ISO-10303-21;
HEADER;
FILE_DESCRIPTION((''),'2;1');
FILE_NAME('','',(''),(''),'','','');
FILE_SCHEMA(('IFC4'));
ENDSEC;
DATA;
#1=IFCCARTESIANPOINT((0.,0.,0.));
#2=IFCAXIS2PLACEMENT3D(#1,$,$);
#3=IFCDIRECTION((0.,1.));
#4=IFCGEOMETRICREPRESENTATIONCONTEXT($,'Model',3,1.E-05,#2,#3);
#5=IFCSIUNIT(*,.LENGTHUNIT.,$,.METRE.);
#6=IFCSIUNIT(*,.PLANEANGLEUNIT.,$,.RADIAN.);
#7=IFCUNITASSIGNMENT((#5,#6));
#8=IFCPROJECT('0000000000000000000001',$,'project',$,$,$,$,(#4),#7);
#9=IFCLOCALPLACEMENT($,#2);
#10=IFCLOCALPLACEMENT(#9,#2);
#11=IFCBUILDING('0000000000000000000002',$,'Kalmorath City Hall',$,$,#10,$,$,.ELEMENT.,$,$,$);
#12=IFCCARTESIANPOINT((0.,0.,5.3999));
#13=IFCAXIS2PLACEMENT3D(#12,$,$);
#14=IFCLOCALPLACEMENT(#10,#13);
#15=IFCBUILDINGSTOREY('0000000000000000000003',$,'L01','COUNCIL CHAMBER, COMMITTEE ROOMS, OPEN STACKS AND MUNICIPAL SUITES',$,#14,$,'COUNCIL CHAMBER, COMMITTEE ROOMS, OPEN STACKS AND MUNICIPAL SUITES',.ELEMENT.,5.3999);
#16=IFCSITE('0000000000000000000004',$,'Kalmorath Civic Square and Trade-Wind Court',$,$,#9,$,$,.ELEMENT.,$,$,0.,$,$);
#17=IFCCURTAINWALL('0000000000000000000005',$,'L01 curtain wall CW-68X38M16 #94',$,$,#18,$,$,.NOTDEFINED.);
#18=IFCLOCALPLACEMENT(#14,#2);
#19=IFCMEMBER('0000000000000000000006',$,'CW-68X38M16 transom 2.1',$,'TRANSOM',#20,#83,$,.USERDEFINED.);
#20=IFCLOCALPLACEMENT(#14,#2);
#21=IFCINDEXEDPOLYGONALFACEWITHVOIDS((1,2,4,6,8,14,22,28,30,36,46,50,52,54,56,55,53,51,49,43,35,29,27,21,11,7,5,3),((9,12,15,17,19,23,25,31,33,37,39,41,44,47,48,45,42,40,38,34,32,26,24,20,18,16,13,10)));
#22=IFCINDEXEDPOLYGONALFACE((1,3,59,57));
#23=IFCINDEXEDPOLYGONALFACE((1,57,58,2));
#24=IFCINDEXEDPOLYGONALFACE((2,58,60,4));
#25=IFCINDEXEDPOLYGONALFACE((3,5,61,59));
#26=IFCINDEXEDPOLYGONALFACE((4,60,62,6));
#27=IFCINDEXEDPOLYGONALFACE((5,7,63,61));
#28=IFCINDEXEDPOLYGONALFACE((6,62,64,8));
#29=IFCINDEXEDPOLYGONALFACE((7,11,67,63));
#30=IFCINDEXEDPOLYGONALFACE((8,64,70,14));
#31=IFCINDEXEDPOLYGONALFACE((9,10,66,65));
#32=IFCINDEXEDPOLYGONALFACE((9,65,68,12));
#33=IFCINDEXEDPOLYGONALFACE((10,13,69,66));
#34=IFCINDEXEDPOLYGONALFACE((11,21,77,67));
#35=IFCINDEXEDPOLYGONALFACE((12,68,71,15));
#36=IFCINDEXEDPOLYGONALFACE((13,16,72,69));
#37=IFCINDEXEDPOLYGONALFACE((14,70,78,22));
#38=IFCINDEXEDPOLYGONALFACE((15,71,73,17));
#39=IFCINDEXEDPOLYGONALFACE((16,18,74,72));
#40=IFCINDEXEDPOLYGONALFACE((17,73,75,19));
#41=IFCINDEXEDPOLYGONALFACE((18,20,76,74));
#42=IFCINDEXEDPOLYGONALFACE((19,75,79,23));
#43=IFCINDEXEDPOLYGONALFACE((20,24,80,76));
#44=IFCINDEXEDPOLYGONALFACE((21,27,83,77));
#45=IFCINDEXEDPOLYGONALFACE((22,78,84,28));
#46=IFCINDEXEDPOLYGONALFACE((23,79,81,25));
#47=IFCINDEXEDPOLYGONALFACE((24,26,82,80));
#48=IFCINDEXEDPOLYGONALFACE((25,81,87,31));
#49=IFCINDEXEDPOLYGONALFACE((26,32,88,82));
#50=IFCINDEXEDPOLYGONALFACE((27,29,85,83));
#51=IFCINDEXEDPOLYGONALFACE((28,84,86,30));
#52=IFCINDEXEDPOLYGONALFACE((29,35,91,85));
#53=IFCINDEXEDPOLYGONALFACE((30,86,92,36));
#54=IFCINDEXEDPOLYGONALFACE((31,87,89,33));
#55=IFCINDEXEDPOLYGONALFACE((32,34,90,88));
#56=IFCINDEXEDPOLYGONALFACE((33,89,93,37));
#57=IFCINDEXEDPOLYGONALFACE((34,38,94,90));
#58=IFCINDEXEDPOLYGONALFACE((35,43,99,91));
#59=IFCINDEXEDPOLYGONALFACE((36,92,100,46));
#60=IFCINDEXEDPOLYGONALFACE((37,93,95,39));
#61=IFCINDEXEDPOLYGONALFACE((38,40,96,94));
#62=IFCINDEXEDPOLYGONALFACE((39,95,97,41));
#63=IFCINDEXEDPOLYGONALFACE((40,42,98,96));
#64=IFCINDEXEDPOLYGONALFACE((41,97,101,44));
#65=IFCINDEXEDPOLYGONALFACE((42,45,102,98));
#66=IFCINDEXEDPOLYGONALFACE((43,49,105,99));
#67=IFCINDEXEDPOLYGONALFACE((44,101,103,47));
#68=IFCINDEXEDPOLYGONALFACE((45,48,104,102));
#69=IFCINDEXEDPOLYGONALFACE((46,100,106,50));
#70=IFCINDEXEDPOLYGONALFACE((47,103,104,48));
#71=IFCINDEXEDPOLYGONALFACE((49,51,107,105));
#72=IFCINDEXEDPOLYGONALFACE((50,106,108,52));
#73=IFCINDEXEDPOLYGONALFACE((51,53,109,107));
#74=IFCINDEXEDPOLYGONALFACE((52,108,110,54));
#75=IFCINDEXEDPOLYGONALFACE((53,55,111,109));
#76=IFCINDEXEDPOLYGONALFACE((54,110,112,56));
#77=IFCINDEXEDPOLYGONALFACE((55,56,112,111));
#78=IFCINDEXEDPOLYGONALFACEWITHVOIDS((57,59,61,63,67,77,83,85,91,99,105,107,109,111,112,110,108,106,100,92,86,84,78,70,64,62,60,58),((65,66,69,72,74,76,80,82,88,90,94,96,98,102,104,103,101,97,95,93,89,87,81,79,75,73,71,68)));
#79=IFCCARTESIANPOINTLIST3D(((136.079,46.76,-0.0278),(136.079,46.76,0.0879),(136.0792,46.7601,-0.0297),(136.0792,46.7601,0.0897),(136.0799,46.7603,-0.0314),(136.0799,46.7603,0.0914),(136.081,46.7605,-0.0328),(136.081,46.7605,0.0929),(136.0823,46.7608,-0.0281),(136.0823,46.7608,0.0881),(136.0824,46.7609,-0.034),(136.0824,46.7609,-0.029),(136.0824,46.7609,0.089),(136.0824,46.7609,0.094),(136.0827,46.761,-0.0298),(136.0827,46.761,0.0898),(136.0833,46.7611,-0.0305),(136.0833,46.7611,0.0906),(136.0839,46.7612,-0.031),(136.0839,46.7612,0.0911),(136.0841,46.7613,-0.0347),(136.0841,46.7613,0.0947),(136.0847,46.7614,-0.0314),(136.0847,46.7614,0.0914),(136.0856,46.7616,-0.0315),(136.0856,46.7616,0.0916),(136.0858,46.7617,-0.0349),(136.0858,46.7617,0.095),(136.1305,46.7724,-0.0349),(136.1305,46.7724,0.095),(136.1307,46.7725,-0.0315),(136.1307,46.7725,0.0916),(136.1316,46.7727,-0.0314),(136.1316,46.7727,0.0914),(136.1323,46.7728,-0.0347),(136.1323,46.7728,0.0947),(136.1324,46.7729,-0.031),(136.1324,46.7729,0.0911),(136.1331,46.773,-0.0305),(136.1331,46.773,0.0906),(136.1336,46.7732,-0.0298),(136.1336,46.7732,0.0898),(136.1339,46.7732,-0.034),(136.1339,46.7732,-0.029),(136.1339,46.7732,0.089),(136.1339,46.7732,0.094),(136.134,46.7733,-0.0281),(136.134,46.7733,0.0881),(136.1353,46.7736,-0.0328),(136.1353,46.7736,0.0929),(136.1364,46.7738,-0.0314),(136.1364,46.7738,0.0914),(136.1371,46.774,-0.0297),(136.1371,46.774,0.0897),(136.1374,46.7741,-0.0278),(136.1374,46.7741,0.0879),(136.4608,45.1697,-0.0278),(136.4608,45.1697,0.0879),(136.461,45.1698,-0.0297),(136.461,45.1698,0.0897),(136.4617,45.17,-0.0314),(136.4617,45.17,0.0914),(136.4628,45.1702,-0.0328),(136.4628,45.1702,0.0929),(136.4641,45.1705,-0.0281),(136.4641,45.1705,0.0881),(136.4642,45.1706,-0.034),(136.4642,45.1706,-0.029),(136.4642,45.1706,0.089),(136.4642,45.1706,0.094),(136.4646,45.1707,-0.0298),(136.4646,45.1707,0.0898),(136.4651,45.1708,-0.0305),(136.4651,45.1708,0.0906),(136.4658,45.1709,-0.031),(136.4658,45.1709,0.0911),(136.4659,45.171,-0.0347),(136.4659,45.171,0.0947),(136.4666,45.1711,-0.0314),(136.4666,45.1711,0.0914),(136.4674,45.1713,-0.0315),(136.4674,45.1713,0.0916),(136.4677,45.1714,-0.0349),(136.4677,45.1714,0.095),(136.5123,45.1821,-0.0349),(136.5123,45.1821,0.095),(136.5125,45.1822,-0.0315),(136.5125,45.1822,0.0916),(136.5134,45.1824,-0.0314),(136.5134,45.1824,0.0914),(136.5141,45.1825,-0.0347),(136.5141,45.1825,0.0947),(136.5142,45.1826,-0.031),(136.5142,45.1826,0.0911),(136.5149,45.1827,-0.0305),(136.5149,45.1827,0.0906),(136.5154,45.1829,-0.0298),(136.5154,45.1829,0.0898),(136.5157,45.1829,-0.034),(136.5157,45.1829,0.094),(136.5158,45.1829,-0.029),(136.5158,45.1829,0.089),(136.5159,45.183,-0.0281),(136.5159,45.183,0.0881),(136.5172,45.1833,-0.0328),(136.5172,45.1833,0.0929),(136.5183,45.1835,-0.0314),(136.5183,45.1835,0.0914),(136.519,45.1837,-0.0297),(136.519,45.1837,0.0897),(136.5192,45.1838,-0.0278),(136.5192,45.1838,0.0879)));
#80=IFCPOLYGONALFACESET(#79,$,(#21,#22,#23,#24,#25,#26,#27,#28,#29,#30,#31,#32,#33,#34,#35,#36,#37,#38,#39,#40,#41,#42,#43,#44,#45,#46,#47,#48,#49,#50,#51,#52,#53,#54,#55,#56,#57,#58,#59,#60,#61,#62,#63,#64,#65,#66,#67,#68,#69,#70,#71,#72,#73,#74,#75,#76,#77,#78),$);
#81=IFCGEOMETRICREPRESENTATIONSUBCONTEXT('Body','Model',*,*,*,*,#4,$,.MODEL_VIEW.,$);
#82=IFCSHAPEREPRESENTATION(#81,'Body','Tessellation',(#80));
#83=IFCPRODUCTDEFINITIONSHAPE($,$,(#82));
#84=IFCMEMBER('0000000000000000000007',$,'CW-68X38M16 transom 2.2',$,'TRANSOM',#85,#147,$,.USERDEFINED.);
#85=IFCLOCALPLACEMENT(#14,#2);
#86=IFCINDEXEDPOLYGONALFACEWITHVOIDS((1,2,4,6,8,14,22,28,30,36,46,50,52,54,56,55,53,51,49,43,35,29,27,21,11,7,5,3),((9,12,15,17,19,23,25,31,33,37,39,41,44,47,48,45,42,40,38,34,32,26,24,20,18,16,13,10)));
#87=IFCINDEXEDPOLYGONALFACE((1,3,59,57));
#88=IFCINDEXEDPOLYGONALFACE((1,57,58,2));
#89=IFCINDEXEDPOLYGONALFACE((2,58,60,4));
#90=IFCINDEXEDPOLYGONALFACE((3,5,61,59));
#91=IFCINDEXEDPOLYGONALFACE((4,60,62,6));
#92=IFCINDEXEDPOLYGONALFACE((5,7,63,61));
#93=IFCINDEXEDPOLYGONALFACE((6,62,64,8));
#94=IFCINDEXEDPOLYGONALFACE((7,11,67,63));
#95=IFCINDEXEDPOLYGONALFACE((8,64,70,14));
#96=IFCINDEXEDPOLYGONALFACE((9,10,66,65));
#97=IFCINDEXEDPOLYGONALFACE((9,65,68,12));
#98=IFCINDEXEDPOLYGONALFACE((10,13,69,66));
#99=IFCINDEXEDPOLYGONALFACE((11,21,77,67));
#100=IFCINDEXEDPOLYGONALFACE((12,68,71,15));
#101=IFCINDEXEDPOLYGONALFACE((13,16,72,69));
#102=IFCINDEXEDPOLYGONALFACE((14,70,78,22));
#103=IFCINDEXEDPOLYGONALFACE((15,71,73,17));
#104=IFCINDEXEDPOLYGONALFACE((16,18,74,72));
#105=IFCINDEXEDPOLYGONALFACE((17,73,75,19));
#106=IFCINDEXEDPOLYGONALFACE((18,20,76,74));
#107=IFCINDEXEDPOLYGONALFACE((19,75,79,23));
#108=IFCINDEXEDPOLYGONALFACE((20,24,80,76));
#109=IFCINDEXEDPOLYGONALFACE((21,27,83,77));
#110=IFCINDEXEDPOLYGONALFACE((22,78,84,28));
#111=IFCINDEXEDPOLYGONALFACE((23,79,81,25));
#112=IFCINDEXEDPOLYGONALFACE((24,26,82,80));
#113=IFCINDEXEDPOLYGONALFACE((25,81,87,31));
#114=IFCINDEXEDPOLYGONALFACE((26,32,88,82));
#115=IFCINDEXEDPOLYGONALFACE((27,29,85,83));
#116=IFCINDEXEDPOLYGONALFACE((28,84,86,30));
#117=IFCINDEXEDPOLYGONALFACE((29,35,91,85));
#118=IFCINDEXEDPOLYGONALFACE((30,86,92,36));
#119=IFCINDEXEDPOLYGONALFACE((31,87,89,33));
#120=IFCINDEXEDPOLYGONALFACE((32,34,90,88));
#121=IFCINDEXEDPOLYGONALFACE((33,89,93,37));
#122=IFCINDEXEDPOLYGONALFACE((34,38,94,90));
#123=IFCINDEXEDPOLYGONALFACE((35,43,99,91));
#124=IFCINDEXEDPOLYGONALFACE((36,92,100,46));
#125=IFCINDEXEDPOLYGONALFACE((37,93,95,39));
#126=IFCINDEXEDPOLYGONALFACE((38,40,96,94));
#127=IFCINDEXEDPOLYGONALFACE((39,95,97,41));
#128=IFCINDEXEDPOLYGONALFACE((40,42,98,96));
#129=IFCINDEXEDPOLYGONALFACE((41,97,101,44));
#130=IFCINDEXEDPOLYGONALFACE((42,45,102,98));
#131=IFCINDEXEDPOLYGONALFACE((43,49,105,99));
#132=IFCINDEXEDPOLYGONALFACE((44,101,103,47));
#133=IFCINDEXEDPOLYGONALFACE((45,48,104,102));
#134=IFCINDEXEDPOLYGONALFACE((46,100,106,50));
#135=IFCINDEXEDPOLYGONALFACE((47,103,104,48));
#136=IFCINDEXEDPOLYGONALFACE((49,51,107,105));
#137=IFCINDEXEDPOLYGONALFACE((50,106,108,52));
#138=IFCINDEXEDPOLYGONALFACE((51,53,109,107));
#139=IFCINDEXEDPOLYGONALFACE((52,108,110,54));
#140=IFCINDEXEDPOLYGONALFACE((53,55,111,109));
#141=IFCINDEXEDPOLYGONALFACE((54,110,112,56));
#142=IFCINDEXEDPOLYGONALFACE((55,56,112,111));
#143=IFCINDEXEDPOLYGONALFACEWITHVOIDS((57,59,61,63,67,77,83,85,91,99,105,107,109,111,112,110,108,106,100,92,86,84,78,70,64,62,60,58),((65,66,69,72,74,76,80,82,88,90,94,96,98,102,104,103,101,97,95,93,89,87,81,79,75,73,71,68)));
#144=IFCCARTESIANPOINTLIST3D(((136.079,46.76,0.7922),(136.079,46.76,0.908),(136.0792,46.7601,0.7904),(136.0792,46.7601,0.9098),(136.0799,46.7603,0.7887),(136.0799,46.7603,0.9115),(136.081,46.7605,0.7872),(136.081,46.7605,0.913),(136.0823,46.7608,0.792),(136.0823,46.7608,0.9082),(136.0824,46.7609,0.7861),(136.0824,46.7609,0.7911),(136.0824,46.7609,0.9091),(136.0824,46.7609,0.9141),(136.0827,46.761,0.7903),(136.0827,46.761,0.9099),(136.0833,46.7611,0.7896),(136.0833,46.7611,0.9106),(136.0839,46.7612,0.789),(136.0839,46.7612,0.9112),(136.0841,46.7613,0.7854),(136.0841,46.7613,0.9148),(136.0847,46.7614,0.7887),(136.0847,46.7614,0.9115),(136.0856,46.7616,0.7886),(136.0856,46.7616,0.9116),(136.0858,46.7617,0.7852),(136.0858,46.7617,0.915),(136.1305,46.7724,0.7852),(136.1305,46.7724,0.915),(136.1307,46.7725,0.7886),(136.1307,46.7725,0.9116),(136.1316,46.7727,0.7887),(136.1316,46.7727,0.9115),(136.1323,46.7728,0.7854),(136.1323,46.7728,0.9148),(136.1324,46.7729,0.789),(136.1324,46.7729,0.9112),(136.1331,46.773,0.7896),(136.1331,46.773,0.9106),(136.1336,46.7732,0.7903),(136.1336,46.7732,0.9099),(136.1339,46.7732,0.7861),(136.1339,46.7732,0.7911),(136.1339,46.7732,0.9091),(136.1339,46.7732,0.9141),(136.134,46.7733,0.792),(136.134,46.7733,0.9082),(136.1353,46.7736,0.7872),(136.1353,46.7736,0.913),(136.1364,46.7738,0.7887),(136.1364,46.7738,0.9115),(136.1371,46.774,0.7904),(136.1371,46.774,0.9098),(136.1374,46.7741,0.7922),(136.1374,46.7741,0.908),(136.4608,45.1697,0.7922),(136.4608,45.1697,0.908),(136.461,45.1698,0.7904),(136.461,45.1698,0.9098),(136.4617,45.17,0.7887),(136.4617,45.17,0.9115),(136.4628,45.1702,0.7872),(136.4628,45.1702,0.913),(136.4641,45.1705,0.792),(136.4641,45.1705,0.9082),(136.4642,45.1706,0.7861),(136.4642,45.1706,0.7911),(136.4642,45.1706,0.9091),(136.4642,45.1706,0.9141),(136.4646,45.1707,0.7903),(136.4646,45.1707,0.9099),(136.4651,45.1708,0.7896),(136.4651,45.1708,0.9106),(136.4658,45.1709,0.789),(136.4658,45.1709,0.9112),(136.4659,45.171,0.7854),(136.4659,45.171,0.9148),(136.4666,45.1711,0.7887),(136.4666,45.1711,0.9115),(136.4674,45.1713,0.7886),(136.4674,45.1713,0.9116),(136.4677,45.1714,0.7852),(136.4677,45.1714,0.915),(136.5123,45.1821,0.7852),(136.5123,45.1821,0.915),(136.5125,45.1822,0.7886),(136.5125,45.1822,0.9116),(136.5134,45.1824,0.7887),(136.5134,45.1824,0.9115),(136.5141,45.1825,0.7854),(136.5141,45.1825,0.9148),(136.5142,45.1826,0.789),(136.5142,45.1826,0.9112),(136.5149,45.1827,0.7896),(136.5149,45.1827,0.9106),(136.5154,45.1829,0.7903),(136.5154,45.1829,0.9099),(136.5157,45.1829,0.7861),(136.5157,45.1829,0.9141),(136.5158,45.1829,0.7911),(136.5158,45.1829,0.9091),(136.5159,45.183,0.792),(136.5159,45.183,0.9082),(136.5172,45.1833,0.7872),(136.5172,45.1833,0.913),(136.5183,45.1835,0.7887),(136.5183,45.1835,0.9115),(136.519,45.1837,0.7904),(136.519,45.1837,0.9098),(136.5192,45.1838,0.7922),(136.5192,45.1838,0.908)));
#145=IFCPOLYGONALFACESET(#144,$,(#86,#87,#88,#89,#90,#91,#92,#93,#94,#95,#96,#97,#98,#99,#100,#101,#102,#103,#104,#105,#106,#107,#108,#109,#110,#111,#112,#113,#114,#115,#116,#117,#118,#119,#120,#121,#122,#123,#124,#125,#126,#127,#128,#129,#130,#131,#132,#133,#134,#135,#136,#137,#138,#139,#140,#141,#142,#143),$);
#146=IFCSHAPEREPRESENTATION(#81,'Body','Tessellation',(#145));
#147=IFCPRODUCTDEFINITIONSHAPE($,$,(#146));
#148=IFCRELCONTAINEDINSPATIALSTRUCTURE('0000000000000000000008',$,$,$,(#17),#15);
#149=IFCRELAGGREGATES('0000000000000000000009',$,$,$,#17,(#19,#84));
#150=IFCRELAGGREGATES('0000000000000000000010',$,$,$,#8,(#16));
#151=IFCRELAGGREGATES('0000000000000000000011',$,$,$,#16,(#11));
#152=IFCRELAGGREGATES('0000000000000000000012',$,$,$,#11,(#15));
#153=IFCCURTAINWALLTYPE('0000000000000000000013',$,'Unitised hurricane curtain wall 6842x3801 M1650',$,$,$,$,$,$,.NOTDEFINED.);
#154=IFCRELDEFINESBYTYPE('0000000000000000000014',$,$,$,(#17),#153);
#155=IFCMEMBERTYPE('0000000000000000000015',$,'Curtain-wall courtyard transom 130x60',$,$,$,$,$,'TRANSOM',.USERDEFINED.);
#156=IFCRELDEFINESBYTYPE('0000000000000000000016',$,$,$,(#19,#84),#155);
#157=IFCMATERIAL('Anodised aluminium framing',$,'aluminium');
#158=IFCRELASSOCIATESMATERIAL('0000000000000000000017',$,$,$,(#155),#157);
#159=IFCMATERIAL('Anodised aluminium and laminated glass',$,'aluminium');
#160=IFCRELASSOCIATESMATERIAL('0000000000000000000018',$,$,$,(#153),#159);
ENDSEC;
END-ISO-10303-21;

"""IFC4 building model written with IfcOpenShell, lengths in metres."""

from ifc_helpers import new_model, si_unit, direction, frame, origin, origin_2d, place, context, subcontext, project, spatial, hollow_rectangle, extrude, material, material_profile, profile_set, type_object, element, aggregate, save


model = new_model("IFC4")

# Units and contexts
model_context = context("Model", 3, precision=1e-05, world=origin(), true_north=direction((0.0, 1.0)))
body_context = subcontext(model_context, "Body", "Model", "MODEL_VIEW")
ifc_project = project(units=[si_unit("LENGTHUNIT", "METRE"), si_unit("PLANEANGLEUNIT", "RADIAN")], contexts=[model_context])

# Site, building, storey
site_placement = place(None, origin())
site = spatial("IfcSite", under=ifc_project, at=site_placement, Name="Kalmorath Civic Square and Trade-Wind Court", CompositionType="ELEMENT", RefElevation=0.0)
building_placement = place(site_placement, origin())
building = spatial("IfcBuilding", under=site, at=building_placement, Name="Kalmorath City Hall", CompositionType="ELEMENT")
storey_placement = place(building_placement, frame((0.0, 0.0, 5.3999)))
storey = spatial("IfcBuildingStorey", under=building, at=storey_placement, Name="L01", Description="COUNCIL CHAMBER, COMMITTEE ROOMS, OPEN STACKS AND MUNICIPAL SUITES", LongName="COUNCIL CHAMBER, COMMITTEE ROOMS, OPEN STACKS AND MUNICIPAL SUITES", CompositionType="ELEMENT", Elevation=5.3999)

# Curtain wall, members
ifc_material_1 = material(Name="Anodised aluminium framing", Category="aluminium")
ifc_material_profile_1 = material_profile(ifc_material_1, hollow_rectangle(XDim=0.0601, YDim=0.1299, WallThickness=0.0034, InnerFilletRadius=0.0034, OuterFilletRadius=0.0071, at=origin_2d()), Name="ALU-TRN-130X60X3.5")
ifc_profile_set_1 = profile_set([ifc_material_profile_1], Name="Anodised aluminium framing")
member_type_1 = type_object("IfcMemberType", Name="Curtain-wall courtyard transom 130x60", ElementType="TRANSOM", PredefinedType="USERDEFINED", material=ifc_profile_set_1)
ifc_material_2 = material(Name="Anodised aluminium and laminated glass", Category="aluminium")
curtain_wall_type_1 = type_object("IfcCurtainWallType", Name="Unitised hurricane curtain wall 6842x3801 M1650", PredefinedType="NOTDEFINED", material=ifc_material_2)
curtain_wall_1_placement = place(storey_placement, origin())
curtain_wall_1 = element("IfcCurtainWall", 1, at=curtain_wall_1_placement, inside=storey, type_object=curtain_wall_type_1, Name="L01 curtain wall CW-68X38M16 #94", PredefinedType="NOTDEFINED")
member_1_placement = place(storey_placement, frame((136.49, 45.1768, 0.03), z_axis=(-0.233463, 0.972366, 0.0), x_axis=(-0.972366, -0.233463, 0.0)))
member_1 = element("IfcMember", 2, at=member_1_placement, type_object=member_type_1, Name="CW-68X38M16 transom 2.1", ObjectType="TRANSOM", PredefinedType="USERDEFINED", context=body_context, shape_type="SweptSolid", body=[
    extrude(hollow_rectangle(XDim=0.0601, YDim=0.1299, WallThickness=0.0034, InnerFilletRadius=0.0034, OuterFilletRadius=0.0071, at=origin_2d()), origin(), (0.0, 0.0, 1.0), 1.6355),
])
member_2_placement = place(storey_placement, frame((136.49, 45.1768, 0.8501), z_axis=(-0.233463, 0.972366, 0.0), x_axis=(-0.972366, -0.233463, 0.0)))
member_2 = element("IfcMember", 3, at=member_2_placement, type_object=member_type_1, Name="CW-68X38M16 transom 2.2", ObjectType="TRANSOM", PredefinedType="USERDEFINED", context=body_context, shape_type="SweptSolid", body=[
    extrude(hollow_rectangle(XDim=0.0601, YDim=0.1299, WallThickness=0.0034, InnerFilletRadius=0.0034, OuterFilletRadius=0.0071, at=origin_2d()), origin(), (0.0, 0.0, 1.0), 1.6355),
])

aggregate(curtain_wall_1, [member_1, member_2])

save(model, "model.ifc")
